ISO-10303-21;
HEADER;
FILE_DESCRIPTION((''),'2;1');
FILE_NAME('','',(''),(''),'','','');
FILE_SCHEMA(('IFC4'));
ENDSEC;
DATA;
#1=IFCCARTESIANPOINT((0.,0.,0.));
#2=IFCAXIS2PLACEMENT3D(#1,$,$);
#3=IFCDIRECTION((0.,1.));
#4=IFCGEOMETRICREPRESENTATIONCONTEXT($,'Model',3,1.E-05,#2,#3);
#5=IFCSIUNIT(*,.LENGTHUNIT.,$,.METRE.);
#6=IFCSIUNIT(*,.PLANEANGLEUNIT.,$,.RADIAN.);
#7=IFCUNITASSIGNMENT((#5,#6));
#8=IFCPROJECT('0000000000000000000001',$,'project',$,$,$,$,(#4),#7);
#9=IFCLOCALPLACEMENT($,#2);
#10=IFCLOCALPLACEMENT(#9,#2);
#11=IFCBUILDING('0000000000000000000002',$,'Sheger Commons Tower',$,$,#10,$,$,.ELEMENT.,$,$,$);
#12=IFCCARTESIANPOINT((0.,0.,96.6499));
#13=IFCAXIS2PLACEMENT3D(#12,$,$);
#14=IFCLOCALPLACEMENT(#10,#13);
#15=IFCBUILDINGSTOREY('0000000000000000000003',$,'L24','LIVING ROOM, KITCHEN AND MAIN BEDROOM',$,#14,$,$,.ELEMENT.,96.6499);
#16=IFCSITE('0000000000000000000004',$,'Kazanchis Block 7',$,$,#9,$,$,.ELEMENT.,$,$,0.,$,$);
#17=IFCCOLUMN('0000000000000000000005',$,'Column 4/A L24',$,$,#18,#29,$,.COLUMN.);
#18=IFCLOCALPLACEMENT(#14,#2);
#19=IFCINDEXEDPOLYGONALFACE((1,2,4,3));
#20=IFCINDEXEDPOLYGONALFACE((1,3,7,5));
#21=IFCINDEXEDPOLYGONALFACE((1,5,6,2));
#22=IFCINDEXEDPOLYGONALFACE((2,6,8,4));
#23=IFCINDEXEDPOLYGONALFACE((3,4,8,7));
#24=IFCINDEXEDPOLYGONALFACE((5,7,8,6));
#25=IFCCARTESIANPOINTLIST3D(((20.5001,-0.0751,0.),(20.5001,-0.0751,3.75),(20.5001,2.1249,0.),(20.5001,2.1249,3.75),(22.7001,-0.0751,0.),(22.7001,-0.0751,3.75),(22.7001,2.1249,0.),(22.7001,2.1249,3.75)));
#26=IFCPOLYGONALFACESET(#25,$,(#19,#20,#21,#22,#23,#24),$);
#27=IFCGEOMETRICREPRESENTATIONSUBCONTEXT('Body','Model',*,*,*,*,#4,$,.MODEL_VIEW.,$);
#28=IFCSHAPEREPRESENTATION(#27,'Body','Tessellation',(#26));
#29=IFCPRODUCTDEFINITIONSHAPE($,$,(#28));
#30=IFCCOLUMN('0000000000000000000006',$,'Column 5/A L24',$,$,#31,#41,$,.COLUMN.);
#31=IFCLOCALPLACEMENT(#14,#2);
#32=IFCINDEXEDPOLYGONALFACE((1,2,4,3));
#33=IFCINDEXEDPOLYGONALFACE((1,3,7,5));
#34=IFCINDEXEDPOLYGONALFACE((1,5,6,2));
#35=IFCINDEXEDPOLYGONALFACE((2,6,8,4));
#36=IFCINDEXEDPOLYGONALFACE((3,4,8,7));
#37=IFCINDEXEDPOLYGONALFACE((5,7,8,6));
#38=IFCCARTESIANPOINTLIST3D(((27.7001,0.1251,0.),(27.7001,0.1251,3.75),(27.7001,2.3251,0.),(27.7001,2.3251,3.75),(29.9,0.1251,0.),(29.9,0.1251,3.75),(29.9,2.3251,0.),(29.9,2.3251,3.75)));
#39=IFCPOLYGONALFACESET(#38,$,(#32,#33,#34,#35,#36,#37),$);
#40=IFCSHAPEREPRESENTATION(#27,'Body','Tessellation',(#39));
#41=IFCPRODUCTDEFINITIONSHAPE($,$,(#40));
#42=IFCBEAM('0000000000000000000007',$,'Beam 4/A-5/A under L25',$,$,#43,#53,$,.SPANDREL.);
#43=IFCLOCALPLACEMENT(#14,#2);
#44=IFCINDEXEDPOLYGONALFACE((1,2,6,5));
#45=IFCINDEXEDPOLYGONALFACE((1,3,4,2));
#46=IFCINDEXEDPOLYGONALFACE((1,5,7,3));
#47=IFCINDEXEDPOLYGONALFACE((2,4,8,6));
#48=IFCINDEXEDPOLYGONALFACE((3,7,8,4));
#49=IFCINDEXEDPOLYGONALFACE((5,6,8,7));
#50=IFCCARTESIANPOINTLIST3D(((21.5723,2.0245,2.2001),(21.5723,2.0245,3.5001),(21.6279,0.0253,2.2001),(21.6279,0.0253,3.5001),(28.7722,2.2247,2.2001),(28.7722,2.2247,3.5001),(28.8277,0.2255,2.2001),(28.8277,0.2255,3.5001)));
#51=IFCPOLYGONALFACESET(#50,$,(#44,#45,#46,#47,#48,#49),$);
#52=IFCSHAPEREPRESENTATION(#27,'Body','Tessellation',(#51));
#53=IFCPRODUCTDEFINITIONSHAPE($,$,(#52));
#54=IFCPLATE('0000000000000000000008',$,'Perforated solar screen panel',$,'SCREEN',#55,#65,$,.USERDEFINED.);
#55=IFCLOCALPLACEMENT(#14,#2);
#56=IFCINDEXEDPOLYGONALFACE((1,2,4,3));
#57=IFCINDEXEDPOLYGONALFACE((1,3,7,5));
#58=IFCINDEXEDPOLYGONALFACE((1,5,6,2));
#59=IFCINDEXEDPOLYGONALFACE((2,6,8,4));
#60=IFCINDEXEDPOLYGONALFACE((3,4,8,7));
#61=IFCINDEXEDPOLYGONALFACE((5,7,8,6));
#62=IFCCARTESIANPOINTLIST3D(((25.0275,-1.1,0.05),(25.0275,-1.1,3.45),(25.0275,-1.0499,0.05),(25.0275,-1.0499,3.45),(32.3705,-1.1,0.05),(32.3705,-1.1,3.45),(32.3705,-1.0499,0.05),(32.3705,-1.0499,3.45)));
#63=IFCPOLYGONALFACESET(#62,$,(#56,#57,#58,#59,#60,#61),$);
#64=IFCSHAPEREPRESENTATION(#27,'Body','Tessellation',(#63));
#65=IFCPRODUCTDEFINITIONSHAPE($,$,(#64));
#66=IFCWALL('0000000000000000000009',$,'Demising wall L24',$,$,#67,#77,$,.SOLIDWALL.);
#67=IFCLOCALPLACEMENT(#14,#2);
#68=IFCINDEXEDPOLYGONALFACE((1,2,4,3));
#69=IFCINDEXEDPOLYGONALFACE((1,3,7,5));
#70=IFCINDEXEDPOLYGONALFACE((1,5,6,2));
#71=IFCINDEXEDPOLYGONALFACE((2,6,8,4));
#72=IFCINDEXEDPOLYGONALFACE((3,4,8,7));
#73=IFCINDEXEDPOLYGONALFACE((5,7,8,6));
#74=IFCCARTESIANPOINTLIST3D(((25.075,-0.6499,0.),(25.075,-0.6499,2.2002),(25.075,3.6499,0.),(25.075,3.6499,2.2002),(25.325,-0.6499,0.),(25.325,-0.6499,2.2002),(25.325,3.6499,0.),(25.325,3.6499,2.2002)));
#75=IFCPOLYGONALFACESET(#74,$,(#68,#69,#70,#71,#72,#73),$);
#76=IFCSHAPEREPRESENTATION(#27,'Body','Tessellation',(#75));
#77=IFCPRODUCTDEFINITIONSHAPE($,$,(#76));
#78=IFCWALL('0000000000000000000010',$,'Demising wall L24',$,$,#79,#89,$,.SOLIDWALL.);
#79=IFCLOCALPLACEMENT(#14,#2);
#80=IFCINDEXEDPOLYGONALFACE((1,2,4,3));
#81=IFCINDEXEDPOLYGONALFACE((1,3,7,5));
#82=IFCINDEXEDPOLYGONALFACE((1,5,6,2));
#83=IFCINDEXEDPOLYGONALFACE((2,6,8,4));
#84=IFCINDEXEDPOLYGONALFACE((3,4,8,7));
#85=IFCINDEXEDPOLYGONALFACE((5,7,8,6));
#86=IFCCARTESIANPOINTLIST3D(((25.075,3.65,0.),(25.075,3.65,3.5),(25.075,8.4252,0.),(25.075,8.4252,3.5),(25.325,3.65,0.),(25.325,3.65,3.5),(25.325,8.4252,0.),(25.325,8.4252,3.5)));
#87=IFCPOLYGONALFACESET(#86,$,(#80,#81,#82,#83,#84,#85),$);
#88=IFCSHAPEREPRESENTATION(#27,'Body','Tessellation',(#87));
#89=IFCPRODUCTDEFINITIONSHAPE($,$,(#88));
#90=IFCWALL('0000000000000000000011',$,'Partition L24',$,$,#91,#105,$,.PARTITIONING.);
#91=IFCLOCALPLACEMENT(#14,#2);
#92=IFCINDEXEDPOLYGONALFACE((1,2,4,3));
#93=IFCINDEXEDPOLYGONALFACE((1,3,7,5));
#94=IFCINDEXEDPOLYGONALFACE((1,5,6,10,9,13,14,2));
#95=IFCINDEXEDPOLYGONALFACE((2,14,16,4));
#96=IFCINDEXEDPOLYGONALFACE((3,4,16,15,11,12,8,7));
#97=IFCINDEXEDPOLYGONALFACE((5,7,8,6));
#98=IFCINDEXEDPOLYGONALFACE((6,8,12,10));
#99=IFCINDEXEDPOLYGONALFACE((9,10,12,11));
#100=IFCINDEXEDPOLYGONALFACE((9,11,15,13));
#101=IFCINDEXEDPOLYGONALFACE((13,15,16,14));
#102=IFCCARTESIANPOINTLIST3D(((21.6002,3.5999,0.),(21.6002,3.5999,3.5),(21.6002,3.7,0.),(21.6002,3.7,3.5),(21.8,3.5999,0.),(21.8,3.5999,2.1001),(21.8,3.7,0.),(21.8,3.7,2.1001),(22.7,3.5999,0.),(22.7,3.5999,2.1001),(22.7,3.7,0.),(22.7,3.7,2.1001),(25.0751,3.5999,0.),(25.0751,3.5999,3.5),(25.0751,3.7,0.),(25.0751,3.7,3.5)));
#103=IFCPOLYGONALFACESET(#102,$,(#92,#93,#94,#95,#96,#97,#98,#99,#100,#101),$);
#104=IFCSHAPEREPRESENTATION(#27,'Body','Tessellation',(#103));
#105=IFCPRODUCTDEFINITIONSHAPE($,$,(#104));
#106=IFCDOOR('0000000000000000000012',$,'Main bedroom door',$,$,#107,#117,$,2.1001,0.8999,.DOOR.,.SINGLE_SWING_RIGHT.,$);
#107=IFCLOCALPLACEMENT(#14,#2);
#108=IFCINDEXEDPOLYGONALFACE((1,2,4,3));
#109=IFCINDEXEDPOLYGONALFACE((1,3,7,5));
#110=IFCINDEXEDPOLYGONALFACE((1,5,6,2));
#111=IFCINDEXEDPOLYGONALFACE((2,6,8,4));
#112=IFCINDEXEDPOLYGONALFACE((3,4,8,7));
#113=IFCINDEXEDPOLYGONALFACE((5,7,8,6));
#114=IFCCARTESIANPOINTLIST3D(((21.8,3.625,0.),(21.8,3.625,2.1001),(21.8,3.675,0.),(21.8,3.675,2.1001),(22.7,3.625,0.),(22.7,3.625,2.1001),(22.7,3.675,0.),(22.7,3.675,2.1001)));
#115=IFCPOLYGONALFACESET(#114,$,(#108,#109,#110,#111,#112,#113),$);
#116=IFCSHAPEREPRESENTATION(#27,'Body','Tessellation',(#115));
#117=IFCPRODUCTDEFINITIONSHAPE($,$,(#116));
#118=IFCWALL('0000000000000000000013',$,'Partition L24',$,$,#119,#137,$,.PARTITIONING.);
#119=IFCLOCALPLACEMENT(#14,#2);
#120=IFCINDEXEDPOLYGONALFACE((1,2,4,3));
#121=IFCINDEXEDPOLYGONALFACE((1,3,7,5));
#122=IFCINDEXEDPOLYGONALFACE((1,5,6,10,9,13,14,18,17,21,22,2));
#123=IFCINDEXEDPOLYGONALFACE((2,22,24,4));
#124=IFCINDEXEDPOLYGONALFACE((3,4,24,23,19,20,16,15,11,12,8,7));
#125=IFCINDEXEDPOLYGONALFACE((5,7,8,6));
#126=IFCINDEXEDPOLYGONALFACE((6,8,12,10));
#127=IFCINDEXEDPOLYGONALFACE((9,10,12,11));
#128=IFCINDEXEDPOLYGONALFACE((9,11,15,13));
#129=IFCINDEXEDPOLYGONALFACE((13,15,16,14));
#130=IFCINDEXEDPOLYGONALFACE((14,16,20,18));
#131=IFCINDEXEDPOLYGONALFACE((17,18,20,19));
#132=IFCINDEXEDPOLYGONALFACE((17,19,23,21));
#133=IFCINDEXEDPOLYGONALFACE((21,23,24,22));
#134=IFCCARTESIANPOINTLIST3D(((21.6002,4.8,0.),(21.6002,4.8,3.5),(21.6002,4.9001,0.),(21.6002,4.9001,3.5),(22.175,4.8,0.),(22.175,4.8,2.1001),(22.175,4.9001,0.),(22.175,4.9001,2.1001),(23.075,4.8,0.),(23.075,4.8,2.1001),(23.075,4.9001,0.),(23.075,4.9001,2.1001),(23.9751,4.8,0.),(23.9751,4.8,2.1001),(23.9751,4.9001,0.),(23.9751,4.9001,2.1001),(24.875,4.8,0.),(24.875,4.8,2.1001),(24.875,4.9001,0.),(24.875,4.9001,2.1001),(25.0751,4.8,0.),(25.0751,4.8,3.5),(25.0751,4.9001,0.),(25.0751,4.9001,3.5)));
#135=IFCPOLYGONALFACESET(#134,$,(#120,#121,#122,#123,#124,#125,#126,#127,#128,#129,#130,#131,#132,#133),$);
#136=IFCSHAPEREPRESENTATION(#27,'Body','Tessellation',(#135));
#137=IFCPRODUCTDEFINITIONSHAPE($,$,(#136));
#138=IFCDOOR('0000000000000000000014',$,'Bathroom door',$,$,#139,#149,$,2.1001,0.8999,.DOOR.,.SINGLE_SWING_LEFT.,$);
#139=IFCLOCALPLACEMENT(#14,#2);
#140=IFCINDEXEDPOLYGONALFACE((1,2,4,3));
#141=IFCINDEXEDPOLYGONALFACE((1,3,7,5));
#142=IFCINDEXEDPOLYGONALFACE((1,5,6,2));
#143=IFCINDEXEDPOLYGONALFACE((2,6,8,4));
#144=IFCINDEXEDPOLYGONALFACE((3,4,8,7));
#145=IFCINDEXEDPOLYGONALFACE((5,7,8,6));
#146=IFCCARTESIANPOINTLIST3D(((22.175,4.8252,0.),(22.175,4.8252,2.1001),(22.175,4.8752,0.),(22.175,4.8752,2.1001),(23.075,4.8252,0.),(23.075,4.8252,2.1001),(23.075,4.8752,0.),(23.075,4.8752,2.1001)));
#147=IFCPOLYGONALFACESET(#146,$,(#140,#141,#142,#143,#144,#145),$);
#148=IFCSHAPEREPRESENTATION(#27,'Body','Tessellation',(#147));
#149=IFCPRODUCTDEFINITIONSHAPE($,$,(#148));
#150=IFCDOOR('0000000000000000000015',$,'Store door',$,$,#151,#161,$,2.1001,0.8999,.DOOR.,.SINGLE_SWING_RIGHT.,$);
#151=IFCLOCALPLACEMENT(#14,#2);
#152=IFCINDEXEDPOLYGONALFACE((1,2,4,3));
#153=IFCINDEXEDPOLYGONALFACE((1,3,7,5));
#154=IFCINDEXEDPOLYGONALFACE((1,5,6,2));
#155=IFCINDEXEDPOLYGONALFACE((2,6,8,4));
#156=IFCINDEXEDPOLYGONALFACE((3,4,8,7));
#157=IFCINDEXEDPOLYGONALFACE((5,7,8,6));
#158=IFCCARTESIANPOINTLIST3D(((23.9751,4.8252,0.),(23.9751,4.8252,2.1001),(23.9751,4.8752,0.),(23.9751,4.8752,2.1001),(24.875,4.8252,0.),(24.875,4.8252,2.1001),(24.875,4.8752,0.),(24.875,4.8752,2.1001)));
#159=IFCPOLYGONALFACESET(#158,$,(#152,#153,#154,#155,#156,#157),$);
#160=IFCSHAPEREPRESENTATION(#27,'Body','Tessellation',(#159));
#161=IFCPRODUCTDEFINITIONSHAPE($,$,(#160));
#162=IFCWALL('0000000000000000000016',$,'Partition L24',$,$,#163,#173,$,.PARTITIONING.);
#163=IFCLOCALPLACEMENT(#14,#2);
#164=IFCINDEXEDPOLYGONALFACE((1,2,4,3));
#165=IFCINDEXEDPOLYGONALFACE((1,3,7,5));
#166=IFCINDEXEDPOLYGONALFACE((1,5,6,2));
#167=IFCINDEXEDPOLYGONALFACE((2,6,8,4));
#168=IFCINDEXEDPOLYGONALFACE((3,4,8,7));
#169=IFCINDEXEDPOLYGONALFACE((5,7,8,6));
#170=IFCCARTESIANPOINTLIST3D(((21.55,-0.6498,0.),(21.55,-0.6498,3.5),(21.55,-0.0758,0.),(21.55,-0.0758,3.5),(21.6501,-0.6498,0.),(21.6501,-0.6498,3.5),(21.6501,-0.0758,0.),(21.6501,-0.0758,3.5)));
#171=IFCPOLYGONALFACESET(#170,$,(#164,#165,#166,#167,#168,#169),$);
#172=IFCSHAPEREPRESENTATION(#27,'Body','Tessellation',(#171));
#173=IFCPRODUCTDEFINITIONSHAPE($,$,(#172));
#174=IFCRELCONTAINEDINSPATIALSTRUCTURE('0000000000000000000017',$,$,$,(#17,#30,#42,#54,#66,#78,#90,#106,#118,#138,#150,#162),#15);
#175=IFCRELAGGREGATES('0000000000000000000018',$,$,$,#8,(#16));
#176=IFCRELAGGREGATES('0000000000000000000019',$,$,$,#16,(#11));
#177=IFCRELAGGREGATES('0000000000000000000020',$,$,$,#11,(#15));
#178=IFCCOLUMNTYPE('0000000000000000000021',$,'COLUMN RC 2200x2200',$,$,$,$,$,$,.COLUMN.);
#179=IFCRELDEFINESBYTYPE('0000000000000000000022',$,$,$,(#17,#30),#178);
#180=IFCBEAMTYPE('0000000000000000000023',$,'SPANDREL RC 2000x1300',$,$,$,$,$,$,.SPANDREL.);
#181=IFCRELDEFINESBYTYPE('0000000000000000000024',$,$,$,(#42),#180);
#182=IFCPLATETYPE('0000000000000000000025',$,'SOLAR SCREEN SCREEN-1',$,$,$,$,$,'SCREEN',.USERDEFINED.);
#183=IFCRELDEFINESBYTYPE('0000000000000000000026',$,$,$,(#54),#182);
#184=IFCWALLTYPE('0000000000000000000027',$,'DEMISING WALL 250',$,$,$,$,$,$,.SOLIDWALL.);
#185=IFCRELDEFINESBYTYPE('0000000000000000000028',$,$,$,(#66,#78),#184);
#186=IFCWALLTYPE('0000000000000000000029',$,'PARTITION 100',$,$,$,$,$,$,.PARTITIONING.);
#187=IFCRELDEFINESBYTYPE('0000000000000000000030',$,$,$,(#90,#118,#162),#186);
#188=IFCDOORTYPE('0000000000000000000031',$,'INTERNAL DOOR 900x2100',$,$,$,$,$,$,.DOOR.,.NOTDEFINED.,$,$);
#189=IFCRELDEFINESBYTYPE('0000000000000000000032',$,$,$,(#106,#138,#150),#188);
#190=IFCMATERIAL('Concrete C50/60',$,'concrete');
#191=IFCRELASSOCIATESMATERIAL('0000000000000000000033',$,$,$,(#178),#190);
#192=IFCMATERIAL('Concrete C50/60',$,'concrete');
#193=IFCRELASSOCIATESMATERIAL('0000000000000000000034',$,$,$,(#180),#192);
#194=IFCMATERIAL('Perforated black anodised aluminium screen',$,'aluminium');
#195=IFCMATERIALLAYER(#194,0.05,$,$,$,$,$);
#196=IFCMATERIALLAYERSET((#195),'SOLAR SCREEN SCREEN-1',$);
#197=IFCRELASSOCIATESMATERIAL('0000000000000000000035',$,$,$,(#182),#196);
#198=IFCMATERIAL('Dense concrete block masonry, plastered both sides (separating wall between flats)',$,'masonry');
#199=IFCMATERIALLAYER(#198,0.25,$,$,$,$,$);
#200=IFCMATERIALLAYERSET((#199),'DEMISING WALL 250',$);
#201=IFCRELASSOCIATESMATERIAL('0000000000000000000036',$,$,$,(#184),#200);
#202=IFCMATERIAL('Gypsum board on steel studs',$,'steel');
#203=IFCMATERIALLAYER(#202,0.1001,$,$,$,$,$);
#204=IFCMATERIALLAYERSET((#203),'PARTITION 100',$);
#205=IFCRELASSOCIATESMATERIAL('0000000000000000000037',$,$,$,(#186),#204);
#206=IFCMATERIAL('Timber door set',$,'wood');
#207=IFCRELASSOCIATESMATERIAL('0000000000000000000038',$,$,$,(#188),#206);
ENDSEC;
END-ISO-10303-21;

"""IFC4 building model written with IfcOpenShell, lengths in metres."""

from ifc_helpers import new_model, si_unit, direction, frame, frame_2d, origin, origin_2d, place, context, subcontext, project, spatial, rectangle, extrude, material, layer, layer_set, material_profile, profile_set, type_object, element, fill, save


model = new_model("IFC4")

# Units and contexts
model_context = context("Model", 3, precision=1e-05, world=origin(), true_north=direction((0.0, 1.0)))
body_context = subcontext(model_context, "Body", "Model", "MODEL_VIEW")
ifc_project = project(units=[si_unit("LENGTHUNIT", "METRE"), si_unit("PLANEANGLEUNIT", "RADIAN")], contexts=[model_context])

# Site, building, storey
site_placement = place(None, origin())
site = spatial("IfcSite", under=ifc_project, at=site_placement, Name="Kazanchis Block 7", CompositionType="ELEMENT", RefElevation=0.0)
building_placement = place(site_placement, origin())
building = spatial("IfcBuilding", under=site, at=building_placement, Name="Sheger Commons Tower", CompositionType="ELEMENT")
storey_placement = place(building_placement, frame((0.0, 0.0, 96.6499)))
storey = spatial("IfcBuildingStorey", under=building, at=storey_placement, Name="L24", Description="LIVING ROOM, KITCHEN AND MAIN BEDROOM", CompositionType="ELEMENT", Elevation=96.6499)

# Columns
ifc_material_1 = material(Name="Concrete C50/60", Category="concrete")
ifc_material_profile_1 = material_profile(ifc_material_1, rectangle(XDim=2.2, YDim=2.2, at=origin_2d()), Name="RC 2200x2200")
ifc_profile_set_1 = profile_set([ifc_material_profile_1], Name="Concrete C50/60")
column_type = type_object("IfcColumnType", Name="COLUMN RC 2200x2200", PredefinedType="COLUMN", material=ifc_profile_set_1)
for number, where, z_axis, x_axis, name in (
    (1, (21.6001, 1.0249, 0.0), (0.0, 0.0, 1.0), (1.0, 0.0, 0.0), "Column 4/A L24"),
    (2, (28.8, 1.2251, 0.0), (0.0, 0.0, 1.0), (1.0, 0.0, 0.0), "Column 5/A L24"),
):
    element("IfcColumn", number, at=place(storey_placement, frame(where, z_axis=z_axis, x_axis=x_axis)), inside=storey, type_object=column_type, Name=name, PredefinedType="COLUMN", context=body_context, shape_type="SweptSolid", body=[
        extrude(rectangle(XDim=2.2, YDim=2.2, at=origin_2d()), origin(), (0.0, 0.0, 1.0), 3.75),
    ])

# Beam
ifc_material_2 = material(Name="Concrete C50/60", Category="concrete")
ifc_material_profile_2 = material_profile(ifc_material_2, rectangle(XDim=2.0, YDim=1.3, at=origin_2d()), Name="RC 2000x1300")
ifc_profile_set_2 = profile_set([ifc_material_profile_2], Name="Concrete C50/60")
beam_type = type_object("IfcBeamType", Name="SPANDREL RC 2000x1300", PredefinedType="SPANDREL", material=ifc_profile_set_2)
beam_placement = place(storey_placement, frame((21.6001, 1.0249, 2.8501), z_axis=(0.999614, 0.027794, 0.0), x_axis=(-0.027794, 0.999614, 0.0)))
element("IfcBeam", 3, at=beam_placement, inside=storey, type_object=beam_type, Name="Beam 4/A-5/A under L25", PredefinedType="SPANDREL", context=body_context, shape_type="SweptSolid", body=[
    extrude(rectangle(XDim=2.0, YDim=1.3, at=origin_2d()), origin(), (0.0, 0.0, 1.0), 7.2026),
])

# Plate
ifc_material_3 = material(Name="Perforated black anodised aluminium screen", Category="aluminium")
ifc_layer_1 = layer(ifc_material_3, 0.05)
ifc_layer_set_1 = layer_set([ifc_layer_1], Name="SOLAR SCREEN SCREEN-1")
plate_type = type_object("IfcPlateType", Name="SOLAR SCREEN SCREEN-1", ElementType="SCREEN", PredefinedType="USERDEFINED", material=ifc_layer_set_1)
plate_placement = place(storey_placement, frame((28.699, -1.075, 0.05), z_axis=(0.0, 0.0, 1.0), x_axis=(1.0, 0.0, 0.0)))
element("IfcPlate", 4, at=plate_placement, inside=storey, type_object=plate_type, Name="Perforated solar screen panel", ObjectType="SCREEN", PredefinedType="USERDEFINED", context=body_context, shape_type="SweptSolid", body=[
    extrude(rectangle(XDim=7.343, YDim=0.05, at=origin_2d()), origin(), (0.0, 0.0, 1.0), 3.3999),
])

# Walls
ifc_material_4 = material(Name="Dense concrete block masonry, plastered both sides (separating wall between flats)", Category="masonry")
ifc_layer_2 = layer(ifc_material_4, 0.25)
ifc_layer_set_2 = layer_set([ifc_layer_2], Name="DEMISING WALL 250")
wall_type_1 = type_object("IfcWallType", Name="DEMISING WALL 250", PredefinedType="SOLIDWALL", material=ifc_layer_set_2)
wall_1_placement = place(storey_placement, frame((25.2, -0.6499, 0.0), z_axis=(0.0, 0.0, 1.0), x_axis=(0.0, 1.0, 0.0)))
element("IfcWall", 5, at=wall_1_placement, inside=storey, type_object=wall_type_1, Name="Demising wall L24", PredefinedType="SOLIDWALL", context=body_context, shape_type="SweptSolid", body=[
    extrude(rectangle(XDim=4.2998, YDim=0.25, at=frame_2d((2.1499, 0.0))), origin(), (0.0, 0.0, 1.0), 2.2002),
])
wall_2_placement = place(storey_placement, frame((25.2, 3.6499, 0.0), z_axis=(0.0, 0.0, 1.0), x_axis=(0.0, 1.0, 0.0)))
element("IfcWall", 6, at=wall_2_placement, inside=storey, type_object=wall_type_1, Name="Demising wall L24", PredefinedType="SOLIDWALL", context=body_context, shape_type="SweptSolid", body=[
    extrude(rectangle(XDim=4.7751, YDim=0.25, at=frame_2d((2.3877, 0.0))), origin(), (0.0, 0.0, 1.0), 3.5),
])

# Wall, opening, door
ifc_material_5 = material(Name="Gypsum board on steel studs", Category="steel")
ifc_layer_3 = layer(ifc_material_5, 0.1001)
ifc_layer_set_3 = layer_set([ifc_layer_3], Name="PARTITION 100")
wall_type_2 = type_object("IfcWallType", Name="PARTITION 100", PredefinedType="PARTITIONING", material=ifc_layer_set_3)
wall_3_placement = place(storey_placement, frame((25.075, 3.6499, 0.0), z_axis=(0.0, 0.0, 1.0), x_axis=(-1.0, 0.0, 0.0)))
wall_3 = element("IfcWall", 7, at=wall_3_placement, inside=storey, type_object=wall_type_2, Name="Partition L24", PredefinedType="PARTITIONING", context=body_context, shape_type="SweptSolid", body=[
    extrude(rectangle(XDim=3.4749, YDim=0.1001, at=frame_2d((1.7373, 0.0))), origin(), (0.0, 0.0, 1.0), 3.5),
])
opening_1_placement = place(wall_3_placement, frame((2.375, 0.0, 0.0)))
opening_1 = element("IfcOpeningElement", 8, at=opening_1_placement, cuts=wall_3, PredefinedType="OPENING", context=body_context, shape_type="SweptSolid", body=[
    extrude(rectangle(XDim=0.8999, YDim=2.1001, at=frame_2d((0.45, 1.05))), frame((0.0, 0.0601, 0.0), z_axis=(0.0, -1.0, 0.0), x_axis=(1.0, 0.0, 0.0)), (0.0, 0.0, 1.0), 0.1201),
])
ifc_material_6 = material(Name="Timber door set", Category="wood")
door_type = type_object("IfcDoorType", Name="INTERNAL DOOR 900x2100", OperationType="NOTDEFINED", PredefinedType="DOOR", material=ifc_material_6)
door_1_placement = place(opening_1_placement, origin())
door_1 = element("IfcDoor", 9, at=door_1_placement, inside=storey, type_object=door_type, Name="Main bedroom door", OperationType="SINGLE_SWING_RIGHT", OverallHeight=2.1001, OverallWidth=0.8999, PredefinedType="DOOR", context=body_context, shape_type="SweptSolid", body=[
    extrude(rectangle(XDim=0.8999, YDim=2.1001, at=frame_2d((0.45, 1.05))), frame((0.0, 0.0249, 0.0), z_axis=(0.0, -1.0, 0.0), x_axis=(1.0, 0.0, 0.0)), (0.0, 0.0, 1.0), 0.05),
])
fill(opening_1, door_1)

# Wall, openings, doors
wall_4_placement = place(storey_placement, frame((25.075, 4.8501, 0.0), z_axis=(0.0, 0.0, 1.0), x_axis=(-1.0, 0.0, 0.0)))
wall_4 = element("IfcWall", 10, at=wall_4_placement, inside=storey, type_object=wall_type_2, Name="Partition L24", PredefinedType="PARTITIONING", context=body_context, shape_type="SweptSolid", body=[
    extrude(rectangle(XDim=3.4749, YDim=0.1001, at=frame_2d((1.7373, 0.0))), origin(), (0.0, 0.0, 1.0), 3.5),
])
opening_2_placement = place(wall_4_placement, frame((2.0, 0.0, 0.0)))
opening_2 = element("IfcOpeningElement", 11, at=opening_2_placement, cuts=wall_4, PredefinedType="OPENING", context=body_context, shape_type="SweptSolid", body=[
    extrude(rectangle(XDim=0.8999, YDim=2.1001, at=frame_2d((0.45, 1.05))), frame((0.0, 0.0601, 0.0), z_axis=(0.0, -1.0, 0.0), x_axis=(1.0, 0.0, 0.0)), (0.0, 0.0, 1.0), 0.1201),
])
opening_3_placement = place(wall_4_placement, frame((0.2, 0.0, 0.0)))
opening_3 = element("IfcOpeningElement", 12, at=opening_3_placement, cuts=wall_4, PredefinedType="OPENING", context=body_context, shape_type="SweptSolid", body=[
    extrude(rectangle(XDim=0.8999, YDim=2.1001, at=frame_2d((0.45, 1.05))), frame((0.0, 0.0601, 0.0), z_axis=(0.0, -1.0, 0.0), x_axis=(1.0, 0.0, 0.0)), (0.0, 0.0, 1.0), 0.1201),
])
door_2_placement = place(opening_2_placement, origin())
door_2 = element("IfcDoor", 13, at=door_2_placement, inside=storey, type_object=door_type, Name="Bathroom door", OperationType="SINGLE_SWING_LEFT", OverallHeight=2.1001, OverallWidth=0.8999, PredefinedType="DOOR", context=body_context, shape_type="SweptSolid", body=[
    extrude(rectangle(XDim=0.8999, YDim=2.1001, at=frame_2d((0.45, 1.05))), frame((0.0, 0.0249, 0.0), z_axis=(0.0, -1.0, 0.0), x_axis=(1.0, 0.0, 0.0)), (0.0, 0.0, 1.0), 0.05),
])
fill(opening_2, door_2)
door_3_placement = place(opening_3_placement, origin())
door_3 = element("IfcDoor", 14, at=door_3_placement, inside=storey, type_object=door_type, Name="Store door", OperationType="SINGLE_SWING_RIGHT", OverallHeight=2.1001, OverallWidth=0.8999, PredefinedType="DOOR", context=body_context, shape_type="SweptSolid", body=[
    extrude(rectangle(XDim=0.8999, YDim=2.1001, at=frame_2d((0.45, 1.05))), frame((0.0, 0.0249, 0.0), z_axis=(0.0, -1.0, 0.0), x_axis=(1.0, 0.0, 0.0)), (0.0, 0.0, 1.0), 0.05),
])
fill(opening_3, door_3)

# Wall
wall_5_placement = place(storey_placement, frame((21.6001, -0.6499, 0.0), z_axis=(0.0, 0.0, 1.0), x_axis=(0.0, 1.0, 0.0)))
element("IfcWall", 15, at=wall_5_placement, inside=storey, type_object=wall_type_2, Name="Partition L24", PredefinedType="PARTITIONING", context=body_context, shape_type="SweptSolid", body=[
    extrude(rectangle(XDim=0.574, YDim=0.1001, at=frame_2d((0.2871, 0.0))), origin(), (0.0, 0.0, 1.0), 3.5),
])

save(model, "model.ifc")
